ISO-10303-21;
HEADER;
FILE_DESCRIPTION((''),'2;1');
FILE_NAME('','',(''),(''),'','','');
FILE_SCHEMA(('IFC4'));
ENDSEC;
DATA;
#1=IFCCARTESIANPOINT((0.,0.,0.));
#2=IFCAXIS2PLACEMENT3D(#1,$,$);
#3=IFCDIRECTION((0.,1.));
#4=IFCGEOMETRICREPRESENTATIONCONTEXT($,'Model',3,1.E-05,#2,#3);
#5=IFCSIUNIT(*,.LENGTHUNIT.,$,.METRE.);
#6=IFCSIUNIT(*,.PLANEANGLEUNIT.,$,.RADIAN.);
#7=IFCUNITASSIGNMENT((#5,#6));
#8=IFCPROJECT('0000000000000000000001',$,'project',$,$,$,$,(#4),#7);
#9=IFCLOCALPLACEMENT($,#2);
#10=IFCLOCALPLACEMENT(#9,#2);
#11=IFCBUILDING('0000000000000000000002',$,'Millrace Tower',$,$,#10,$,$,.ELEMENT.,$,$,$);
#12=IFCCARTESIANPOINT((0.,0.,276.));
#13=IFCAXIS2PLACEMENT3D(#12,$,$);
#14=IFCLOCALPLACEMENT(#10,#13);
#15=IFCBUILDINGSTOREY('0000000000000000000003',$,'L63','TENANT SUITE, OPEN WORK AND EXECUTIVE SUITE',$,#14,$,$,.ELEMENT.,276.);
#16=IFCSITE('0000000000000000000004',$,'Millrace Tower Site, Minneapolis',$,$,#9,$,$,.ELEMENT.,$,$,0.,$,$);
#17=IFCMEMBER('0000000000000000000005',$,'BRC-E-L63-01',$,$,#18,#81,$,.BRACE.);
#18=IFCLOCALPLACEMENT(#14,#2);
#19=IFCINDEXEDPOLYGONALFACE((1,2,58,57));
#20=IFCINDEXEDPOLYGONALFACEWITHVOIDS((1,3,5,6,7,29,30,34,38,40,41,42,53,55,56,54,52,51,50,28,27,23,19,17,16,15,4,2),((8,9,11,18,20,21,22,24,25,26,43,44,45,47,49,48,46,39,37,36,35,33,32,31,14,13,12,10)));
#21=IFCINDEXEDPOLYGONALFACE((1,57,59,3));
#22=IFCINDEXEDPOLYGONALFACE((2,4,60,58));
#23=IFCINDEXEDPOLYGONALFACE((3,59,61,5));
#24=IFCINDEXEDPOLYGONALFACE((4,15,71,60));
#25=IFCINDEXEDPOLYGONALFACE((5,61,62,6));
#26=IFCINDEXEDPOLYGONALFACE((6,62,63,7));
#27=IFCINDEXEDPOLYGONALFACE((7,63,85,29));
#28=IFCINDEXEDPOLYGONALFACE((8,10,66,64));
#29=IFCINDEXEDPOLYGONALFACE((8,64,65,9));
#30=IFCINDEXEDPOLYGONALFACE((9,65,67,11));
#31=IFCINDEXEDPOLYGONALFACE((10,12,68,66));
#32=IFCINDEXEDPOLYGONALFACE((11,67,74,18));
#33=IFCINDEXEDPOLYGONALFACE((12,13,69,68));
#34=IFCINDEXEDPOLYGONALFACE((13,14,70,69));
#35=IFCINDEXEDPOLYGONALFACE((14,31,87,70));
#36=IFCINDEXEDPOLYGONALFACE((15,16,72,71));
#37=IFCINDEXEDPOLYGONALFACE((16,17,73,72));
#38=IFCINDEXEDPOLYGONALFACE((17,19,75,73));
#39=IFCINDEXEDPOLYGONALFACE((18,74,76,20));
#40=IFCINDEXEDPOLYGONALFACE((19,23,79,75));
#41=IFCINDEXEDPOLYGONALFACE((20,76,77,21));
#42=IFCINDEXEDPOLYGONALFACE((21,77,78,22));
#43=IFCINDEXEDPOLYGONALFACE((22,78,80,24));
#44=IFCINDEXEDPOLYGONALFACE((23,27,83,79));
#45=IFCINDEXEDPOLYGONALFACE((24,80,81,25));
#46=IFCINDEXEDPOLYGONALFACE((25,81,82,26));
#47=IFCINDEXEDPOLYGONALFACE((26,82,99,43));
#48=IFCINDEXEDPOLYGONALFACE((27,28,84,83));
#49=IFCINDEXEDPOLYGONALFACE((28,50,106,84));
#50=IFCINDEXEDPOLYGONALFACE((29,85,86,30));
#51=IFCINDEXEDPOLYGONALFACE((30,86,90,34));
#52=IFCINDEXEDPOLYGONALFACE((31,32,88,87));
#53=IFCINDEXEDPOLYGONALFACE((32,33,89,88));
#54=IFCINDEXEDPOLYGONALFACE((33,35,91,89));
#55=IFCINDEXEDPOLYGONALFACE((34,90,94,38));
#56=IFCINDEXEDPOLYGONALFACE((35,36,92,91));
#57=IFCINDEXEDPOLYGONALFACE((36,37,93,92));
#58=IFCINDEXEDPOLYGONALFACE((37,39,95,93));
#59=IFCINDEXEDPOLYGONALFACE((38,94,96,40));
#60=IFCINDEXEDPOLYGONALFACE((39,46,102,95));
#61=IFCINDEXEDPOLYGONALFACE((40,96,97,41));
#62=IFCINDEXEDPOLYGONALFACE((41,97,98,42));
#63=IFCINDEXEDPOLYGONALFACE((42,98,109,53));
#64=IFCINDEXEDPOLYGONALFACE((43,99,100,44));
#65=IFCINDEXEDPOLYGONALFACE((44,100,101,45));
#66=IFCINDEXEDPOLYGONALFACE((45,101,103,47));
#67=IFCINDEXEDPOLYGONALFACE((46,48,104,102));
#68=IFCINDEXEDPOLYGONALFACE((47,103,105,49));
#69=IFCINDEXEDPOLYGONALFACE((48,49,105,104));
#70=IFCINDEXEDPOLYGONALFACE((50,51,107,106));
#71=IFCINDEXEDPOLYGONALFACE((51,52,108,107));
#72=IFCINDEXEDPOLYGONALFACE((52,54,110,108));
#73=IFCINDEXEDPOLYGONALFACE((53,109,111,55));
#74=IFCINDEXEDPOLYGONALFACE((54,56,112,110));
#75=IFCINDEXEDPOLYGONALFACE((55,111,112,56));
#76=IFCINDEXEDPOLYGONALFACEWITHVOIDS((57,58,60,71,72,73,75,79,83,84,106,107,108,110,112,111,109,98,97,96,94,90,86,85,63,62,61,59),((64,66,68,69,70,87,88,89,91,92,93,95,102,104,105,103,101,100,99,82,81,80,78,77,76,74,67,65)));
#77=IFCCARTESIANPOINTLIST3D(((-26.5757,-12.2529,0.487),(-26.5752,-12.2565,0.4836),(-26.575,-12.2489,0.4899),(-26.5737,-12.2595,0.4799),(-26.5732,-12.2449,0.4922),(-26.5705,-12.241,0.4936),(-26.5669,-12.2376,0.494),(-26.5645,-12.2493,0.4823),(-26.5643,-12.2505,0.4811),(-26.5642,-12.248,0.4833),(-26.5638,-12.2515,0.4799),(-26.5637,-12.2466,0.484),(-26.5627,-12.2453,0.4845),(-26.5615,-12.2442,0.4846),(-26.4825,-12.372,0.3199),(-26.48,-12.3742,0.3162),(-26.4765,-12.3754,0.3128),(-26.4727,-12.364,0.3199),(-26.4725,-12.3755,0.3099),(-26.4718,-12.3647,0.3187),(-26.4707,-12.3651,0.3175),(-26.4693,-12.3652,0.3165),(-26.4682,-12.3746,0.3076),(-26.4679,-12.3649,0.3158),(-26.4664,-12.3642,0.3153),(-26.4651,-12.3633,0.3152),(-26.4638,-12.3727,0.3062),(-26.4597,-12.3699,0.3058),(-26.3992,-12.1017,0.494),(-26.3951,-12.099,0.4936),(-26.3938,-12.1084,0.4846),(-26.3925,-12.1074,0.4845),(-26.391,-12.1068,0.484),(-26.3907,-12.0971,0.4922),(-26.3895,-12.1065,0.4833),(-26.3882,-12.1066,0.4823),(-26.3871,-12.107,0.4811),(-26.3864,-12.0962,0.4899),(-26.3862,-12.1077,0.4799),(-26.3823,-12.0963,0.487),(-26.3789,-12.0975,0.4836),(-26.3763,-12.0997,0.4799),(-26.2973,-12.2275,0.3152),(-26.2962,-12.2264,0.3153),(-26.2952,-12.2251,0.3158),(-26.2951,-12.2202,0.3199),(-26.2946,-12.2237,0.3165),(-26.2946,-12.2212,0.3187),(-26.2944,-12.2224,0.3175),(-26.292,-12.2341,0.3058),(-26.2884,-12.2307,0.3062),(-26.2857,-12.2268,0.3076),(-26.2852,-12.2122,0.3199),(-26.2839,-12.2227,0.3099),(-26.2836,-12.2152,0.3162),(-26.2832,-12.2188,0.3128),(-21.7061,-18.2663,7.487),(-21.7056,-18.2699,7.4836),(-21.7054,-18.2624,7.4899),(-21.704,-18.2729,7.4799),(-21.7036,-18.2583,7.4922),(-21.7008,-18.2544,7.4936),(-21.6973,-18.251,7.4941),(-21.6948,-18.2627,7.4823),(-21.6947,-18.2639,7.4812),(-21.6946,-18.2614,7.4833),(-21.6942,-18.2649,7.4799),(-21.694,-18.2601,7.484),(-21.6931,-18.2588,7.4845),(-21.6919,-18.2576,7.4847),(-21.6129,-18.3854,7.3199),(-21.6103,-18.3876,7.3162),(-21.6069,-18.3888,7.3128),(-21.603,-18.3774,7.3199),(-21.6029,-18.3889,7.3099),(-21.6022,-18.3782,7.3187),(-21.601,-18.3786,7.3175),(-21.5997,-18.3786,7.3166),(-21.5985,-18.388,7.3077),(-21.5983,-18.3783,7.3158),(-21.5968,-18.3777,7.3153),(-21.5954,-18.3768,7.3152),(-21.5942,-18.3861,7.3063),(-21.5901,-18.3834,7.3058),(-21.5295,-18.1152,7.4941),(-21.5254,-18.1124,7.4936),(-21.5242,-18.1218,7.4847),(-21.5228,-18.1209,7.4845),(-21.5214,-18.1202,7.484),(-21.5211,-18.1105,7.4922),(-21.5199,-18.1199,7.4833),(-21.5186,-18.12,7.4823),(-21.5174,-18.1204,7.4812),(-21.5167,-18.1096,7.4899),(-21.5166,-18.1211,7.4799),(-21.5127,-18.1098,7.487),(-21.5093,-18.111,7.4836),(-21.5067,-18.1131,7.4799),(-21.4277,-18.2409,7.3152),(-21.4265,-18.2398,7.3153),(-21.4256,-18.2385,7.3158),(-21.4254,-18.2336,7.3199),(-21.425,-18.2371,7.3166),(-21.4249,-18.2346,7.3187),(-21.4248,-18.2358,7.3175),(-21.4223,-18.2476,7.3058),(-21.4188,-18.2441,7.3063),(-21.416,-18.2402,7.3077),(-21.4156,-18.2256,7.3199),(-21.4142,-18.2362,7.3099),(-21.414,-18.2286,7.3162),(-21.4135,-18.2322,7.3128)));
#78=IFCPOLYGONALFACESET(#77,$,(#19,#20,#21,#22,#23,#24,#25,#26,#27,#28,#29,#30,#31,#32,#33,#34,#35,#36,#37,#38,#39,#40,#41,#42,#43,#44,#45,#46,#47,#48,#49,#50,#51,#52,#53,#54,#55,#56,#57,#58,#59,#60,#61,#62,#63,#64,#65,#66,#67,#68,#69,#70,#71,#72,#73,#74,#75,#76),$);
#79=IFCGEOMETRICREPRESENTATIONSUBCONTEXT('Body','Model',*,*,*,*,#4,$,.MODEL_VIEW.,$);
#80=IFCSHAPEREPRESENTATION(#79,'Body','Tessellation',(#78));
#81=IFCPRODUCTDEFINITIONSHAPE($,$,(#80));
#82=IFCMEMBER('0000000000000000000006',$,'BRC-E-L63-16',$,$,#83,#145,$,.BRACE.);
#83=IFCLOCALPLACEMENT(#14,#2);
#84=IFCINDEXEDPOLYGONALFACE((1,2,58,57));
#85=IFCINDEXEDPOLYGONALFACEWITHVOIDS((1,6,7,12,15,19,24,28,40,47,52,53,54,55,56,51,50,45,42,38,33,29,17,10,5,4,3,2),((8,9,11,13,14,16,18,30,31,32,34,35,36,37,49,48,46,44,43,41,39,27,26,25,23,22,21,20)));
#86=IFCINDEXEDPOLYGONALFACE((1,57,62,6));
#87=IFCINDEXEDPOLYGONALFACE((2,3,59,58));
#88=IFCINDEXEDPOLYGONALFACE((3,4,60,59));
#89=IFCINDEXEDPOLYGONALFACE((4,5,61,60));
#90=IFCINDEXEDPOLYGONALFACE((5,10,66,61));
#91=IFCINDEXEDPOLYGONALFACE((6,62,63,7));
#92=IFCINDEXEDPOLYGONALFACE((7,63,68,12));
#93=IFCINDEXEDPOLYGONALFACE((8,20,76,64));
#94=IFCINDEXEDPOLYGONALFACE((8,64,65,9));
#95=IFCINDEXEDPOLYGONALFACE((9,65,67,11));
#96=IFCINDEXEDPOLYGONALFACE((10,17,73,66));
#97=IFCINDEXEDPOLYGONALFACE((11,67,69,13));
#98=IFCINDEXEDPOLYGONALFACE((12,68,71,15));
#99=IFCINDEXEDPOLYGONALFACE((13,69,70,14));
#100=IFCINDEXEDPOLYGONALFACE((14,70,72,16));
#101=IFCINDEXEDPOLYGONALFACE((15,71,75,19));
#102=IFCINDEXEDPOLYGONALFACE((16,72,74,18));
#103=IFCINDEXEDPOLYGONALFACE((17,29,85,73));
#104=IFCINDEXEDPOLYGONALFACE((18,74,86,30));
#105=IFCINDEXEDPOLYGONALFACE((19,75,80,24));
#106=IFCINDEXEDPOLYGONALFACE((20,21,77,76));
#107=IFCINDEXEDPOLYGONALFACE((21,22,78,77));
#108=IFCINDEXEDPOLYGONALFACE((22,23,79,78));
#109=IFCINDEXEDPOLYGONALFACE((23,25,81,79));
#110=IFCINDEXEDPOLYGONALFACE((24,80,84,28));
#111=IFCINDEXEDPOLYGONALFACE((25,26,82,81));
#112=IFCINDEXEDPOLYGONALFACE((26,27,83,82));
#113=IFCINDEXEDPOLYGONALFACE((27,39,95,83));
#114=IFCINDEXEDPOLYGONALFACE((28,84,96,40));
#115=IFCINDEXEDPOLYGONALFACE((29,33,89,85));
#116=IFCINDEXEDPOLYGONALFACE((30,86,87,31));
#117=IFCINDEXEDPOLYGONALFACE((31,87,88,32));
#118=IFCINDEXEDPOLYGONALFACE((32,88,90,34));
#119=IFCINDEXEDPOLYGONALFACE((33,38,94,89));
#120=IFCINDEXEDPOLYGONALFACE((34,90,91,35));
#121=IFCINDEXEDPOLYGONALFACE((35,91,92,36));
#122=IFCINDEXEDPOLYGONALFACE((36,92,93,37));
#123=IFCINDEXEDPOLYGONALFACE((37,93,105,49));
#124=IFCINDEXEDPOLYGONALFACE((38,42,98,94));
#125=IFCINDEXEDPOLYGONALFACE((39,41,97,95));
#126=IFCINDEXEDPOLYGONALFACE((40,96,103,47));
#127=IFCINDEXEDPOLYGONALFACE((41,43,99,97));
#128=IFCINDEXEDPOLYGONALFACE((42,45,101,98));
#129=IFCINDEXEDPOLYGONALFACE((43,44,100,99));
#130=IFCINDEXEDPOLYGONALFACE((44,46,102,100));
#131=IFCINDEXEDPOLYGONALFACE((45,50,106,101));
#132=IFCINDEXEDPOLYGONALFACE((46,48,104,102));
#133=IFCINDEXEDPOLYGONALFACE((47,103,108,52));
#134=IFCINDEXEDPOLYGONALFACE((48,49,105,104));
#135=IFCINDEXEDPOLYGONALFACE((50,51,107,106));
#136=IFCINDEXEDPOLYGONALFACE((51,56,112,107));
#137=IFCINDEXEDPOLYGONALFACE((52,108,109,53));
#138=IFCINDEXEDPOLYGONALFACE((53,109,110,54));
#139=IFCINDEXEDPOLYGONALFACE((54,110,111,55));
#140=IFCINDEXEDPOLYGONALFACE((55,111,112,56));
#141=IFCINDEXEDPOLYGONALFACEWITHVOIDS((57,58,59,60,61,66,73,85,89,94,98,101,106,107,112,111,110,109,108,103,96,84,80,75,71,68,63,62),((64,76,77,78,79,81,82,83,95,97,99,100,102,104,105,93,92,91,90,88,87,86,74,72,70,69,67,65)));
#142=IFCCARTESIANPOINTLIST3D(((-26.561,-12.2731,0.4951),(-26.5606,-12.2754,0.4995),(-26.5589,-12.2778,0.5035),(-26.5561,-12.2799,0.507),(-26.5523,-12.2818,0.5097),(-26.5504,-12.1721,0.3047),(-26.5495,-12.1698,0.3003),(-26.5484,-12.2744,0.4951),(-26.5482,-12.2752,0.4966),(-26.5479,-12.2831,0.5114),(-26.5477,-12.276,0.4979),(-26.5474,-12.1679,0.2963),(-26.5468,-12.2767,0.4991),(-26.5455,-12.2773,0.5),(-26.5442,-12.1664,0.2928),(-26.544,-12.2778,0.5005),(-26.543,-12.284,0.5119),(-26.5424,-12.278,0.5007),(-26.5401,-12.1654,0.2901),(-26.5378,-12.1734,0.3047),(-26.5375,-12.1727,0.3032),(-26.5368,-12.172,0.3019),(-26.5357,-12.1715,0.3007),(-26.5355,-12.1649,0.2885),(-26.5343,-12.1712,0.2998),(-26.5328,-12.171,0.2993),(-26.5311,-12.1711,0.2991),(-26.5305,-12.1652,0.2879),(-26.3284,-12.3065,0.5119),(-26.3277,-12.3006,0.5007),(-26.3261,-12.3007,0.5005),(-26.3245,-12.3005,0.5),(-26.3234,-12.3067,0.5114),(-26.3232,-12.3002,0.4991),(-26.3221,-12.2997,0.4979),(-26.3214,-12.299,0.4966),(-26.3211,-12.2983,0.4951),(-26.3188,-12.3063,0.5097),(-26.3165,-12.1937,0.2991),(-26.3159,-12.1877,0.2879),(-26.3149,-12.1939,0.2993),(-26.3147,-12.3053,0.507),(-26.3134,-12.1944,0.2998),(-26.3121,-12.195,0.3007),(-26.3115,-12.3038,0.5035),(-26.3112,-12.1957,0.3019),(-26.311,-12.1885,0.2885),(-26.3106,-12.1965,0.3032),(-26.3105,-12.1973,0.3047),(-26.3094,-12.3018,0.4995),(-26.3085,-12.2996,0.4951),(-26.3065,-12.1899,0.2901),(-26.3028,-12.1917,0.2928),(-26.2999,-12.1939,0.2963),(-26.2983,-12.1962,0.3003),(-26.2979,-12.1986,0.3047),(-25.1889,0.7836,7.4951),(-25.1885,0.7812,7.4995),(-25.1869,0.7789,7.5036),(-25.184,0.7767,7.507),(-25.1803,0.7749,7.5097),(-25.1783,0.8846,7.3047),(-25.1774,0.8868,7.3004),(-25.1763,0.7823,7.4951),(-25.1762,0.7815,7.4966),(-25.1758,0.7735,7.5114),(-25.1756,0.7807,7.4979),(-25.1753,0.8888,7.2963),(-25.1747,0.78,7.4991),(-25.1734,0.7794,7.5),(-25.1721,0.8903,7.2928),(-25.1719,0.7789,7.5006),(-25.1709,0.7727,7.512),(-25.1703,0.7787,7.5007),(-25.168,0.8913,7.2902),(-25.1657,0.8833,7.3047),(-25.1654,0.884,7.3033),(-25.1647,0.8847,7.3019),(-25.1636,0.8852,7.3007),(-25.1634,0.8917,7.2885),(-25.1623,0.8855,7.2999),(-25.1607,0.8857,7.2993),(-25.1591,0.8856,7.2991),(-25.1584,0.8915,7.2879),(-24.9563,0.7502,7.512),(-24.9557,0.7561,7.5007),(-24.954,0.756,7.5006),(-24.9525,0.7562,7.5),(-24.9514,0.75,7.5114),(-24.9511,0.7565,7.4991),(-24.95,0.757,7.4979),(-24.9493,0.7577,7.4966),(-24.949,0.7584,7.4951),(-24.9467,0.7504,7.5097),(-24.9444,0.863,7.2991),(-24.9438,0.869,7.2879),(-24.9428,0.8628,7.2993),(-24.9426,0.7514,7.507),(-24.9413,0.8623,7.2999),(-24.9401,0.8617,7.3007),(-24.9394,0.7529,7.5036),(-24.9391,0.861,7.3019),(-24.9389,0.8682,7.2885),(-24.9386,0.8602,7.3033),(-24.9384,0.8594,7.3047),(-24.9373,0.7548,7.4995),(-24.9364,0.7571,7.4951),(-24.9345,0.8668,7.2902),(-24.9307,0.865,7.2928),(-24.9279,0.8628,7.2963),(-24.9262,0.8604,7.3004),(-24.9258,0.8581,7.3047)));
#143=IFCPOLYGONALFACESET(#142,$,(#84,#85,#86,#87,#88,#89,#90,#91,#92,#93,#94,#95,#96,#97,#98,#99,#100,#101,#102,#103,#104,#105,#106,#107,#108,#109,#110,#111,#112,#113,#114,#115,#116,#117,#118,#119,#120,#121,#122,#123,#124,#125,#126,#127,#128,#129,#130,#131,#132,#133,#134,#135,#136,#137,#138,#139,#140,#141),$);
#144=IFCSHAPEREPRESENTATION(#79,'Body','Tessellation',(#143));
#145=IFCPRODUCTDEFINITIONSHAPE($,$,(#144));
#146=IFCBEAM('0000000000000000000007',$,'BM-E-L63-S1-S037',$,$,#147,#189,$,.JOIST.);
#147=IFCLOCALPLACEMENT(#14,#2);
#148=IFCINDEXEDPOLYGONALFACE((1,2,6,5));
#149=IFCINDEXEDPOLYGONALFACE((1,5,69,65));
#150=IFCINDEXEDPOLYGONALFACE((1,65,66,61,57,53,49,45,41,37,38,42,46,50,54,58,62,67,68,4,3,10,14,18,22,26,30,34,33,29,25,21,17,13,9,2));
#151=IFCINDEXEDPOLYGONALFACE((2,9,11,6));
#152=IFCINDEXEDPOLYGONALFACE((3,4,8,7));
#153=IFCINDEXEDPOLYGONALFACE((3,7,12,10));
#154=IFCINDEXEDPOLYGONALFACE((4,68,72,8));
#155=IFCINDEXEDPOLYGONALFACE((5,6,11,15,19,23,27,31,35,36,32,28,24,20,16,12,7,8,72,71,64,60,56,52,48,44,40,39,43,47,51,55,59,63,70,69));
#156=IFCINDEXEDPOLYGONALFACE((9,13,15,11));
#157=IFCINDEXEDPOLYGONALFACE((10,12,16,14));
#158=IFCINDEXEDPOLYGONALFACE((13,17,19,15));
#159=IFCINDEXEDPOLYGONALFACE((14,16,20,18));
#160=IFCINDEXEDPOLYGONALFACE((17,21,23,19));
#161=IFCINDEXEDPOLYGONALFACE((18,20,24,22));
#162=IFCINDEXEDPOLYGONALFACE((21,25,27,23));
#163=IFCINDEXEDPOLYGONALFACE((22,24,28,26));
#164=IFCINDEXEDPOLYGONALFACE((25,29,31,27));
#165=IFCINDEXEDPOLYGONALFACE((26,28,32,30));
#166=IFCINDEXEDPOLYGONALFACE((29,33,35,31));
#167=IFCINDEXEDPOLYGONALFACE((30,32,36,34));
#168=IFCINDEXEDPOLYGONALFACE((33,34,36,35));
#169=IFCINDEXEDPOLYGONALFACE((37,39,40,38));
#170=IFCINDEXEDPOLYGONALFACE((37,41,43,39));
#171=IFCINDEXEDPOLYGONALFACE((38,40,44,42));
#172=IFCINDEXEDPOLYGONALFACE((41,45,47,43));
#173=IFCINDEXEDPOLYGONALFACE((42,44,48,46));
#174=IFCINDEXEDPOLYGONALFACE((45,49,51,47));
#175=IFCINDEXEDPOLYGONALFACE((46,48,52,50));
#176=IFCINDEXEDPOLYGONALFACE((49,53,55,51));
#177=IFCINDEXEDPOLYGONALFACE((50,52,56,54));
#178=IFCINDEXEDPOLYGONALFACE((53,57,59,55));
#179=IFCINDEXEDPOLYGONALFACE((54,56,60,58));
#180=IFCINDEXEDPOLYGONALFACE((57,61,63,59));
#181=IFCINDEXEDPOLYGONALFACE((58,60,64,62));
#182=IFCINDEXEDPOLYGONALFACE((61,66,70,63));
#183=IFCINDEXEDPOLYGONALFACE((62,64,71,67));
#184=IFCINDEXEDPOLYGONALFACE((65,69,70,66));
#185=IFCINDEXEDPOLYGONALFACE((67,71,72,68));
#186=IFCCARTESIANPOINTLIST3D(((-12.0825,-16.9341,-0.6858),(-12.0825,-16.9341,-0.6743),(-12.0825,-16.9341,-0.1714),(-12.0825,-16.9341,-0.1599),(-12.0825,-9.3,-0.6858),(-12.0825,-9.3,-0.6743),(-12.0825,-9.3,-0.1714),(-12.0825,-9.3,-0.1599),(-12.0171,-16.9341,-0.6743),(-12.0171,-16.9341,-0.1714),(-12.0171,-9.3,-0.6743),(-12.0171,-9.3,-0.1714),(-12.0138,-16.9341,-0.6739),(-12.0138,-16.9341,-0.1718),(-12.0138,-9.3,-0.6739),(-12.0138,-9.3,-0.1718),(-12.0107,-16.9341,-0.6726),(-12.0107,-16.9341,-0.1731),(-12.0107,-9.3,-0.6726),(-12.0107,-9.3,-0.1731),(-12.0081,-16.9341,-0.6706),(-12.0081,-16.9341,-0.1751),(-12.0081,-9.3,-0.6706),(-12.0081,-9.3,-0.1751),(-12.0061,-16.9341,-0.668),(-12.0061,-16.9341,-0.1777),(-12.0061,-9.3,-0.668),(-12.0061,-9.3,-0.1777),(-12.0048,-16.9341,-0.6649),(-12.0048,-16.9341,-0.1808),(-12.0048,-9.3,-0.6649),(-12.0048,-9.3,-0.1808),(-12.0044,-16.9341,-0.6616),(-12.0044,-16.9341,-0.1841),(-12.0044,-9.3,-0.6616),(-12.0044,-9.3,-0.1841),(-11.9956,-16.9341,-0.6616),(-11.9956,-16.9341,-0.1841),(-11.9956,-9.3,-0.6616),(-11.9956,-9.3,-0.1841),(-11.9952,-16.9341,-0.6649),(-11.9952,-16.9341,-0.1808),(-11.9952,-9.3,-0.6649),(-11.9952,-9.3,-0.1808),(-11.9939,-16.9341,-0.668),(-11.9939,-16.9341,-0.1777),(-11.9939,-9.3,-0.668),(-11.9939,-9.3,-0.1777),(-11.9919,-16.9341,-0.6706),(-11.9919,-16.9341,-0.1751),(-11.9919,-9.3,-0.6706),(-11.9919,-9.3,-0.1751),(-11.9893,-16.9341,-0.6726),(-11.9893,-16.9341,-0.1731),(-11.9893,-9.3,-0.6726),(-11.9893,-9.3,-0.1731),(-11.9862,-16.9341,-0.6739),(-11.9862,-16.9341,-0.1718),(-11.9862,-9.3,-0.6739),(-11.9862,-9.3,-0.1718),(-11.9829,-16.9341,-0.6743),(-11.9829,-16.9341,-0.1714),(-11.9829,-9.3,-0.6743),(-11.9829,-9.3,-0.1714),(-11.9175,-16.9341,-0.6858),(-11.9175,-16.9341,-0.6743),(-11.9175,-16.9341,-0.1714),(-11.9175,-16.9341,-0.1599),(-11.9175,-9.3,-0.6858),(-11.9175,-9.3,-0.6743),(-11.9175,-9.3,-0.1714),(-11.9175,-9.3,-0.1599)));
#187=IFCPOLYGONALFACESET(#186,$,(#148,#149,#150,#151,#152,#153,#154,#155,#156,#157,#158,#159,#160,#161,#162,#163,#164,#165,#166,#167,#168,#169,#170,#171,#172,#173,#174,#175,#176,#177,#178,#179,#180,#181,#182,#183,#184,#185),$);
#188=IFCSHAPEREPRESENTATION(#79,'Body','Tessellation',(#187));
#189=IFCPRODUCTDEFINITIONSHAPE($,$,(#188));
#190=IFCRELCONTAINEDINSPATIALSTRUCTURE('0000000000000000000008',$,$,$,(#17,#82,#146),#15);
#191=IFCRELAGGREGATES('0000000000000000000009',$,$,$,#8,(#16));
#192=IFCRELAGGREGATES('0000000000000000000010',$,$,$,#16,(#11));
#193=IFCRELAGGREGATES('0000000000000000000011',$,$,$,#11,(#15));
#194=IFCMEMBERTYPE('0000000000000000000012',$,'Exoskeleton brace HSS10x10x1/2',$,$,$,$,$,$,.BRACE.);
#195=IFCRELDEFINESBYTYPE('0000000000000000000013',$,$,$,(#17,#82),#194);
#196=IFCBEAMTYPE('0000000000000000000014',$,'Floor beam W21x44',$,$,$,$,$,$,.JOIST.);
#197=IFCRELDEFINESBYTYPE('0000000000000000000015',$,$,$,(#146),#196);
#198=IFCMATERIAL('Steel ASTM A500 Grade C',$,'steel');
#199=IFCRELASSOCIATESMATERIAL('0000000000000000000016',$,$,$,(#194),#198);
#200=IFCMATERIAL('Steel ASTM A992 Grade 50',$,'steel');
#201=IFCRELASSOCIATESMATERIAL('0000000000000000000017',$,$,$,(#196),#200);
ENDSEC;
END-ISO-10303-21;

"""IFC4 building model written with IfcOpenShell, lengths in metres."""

from ifc_helpers import new_model, si_unit, direction, frame, origin, origin_2d, place, context, subcontext, project, spatial, hollow_rectangle, i_section, extrude, material, material_profile, profile_set, type_object, element, save


model = new_model("IFC4")

# Units and contexts
model_context = context("Model", 3, precision=1e-05, world=origin(), true_north=direction((0.0, 1.0)))
body_context = subcontext(model_context, "Body", "Model", "MODEL_VIEW")
ifc_project = project(units=[si_unit("LENGTHUNIT", "METRE"), si_unit("PLANEANGLEUNIT", "RADIAN")], contexts=[model_context])

# Site, building, storey
site_placement = place(None, origin())
site = spatial("IfcSite", under=ifc_project, at=site_placement, Name="Millrace Tower Site, Minneapolis", CompositionType="ELEMENT", RefElevation=0.0)
building_placement = place(site_placement, origin())
building = spatial("IfcBuilding", under=site, at=building_placement, Name="Millrace Tower", CompositionType="ELEMENT")
storey_placement = place(building_placement, frame((0.0, 0.0, 276.0)))
storey = spatial("IfcBuildingStorey", under=building, at=storey_placement, Name="L63", Description="TENANT SUITE, OPEN WORK AND EXECUTIVE SUITE", CompositionType="ELEMENT", Elevation=276.0)

# Members
ifc_material_1 = material(Name="Steel ASTM A500 Grade C", Category="steel")
ifc_material_profile_1 = material_profile(ifc_material_1, hollow_rectangle(XDim=0.2539, YDim=0.2539, WallThickness=0.0127, InnerFilletRadius=0.0063, OuterFilletRadius=0.019, at=origin_2d()))
ifc_profile_set_1 = profile_set([ifc_material_profile_1], Name="Steel ASTM A500 Grade C")
member_type_1 = type_object("IfcMemberType", Name="Exoskeleton brace HSS10x10x1/2", PredefinedType="BRACE", material=ifc_profile_set_1)
member_1_placement = place(storey_placement, frame((-26.4294, -12.2358, 0.3999), z_axis=(0.466694, -0.576314, 0.670864), x_axis=(0.777143, 0.629324, 0.0)))
element("IfcMember", 1, at=member_1_placement, inside=storey, type_object=member_type_1, Name="BRC-E-L63-01", PredefinedType="BRACE", context=body_context, shape_type="SweptSolid", body=[
    extrude(hollow_rectangle(XDim=0.2539, YDim=0.2539, WallThickness=0.0127, InnerFilletRadius=0.0063, OuterFilletRadius=0.019, at=origin_2d()), origin(), (0.0, 0.0, 1.0), 10.4343),
])
member_2_placement = place(storey_placement, frame((-26.4294, -12.2358, 0.3999), z_axis=(0.092221, 0.877573, 0.47049), x_axis=(-0.994524, 0.104511, 0.0)))
element("IfcMember", 2, at=member_2_placement, inside=storey, type_object=member_type_1, Name="BRC-E-L63-16", PredefinedType="BRACE", context=body_context, shape_type="SweptSolid", body=[
    extrude(hollow_rectangle(XDim=0.2539, YDim=0.2539, WallThickness=0.0127, InnerFilletRadius=0.0063, OuterFilletRadius=0.019, at=origin_2d()), origin(), (0.0, 0.0, 1.0), 14.8782),
])

# Beam
ifc_material_2 = material(Name="Steel ASTM A992 Grade 50", Category="steel")
ifc_material_profile_2 = material_profile(ifc_material_2, i_section(OverallWidth=0.165, OverallDepth=0.5259, WebThickness=0.0088, FlangeThickness=0.0115, FilletRadius=0.0127, at=origin_2d()))
ifc_profile_set_2 = profile_set([ifc_material_profile_2], Name="Steel ASTM A992 Grade 50")
beam_type_1 = type_object("IfcBeamType", Name="Floor beam W21x44", PredefinedType="JOIST", material=ifc_profile_set_2)
beam_1_placement = place(storey_placement, frame((-12.0, -16.9341, -0.4229), z_axis=(0.0, 1.0, 0.0), x_axis=(-1.0, 0.0, 0.0)))
element("IfcBeam", 3, at=beam_1_placement, inside=storey, type_object=beam_type_1, Name="BM-E-L63-S1-S037", PredefinedType="JOIST", context=body_context, shape_type="SweptSolid", body=[
    extrude(i_section(OverallWidth=0.165, OverallDepth=0.5259, WebThickness=0.0088, FlangeThickness=0.0115, FilletRadius=0.0127, at=origin_2d()), origin(), (0.0, 0.0, 1.0), 7.634),
])

save(model, "model.ifc")
